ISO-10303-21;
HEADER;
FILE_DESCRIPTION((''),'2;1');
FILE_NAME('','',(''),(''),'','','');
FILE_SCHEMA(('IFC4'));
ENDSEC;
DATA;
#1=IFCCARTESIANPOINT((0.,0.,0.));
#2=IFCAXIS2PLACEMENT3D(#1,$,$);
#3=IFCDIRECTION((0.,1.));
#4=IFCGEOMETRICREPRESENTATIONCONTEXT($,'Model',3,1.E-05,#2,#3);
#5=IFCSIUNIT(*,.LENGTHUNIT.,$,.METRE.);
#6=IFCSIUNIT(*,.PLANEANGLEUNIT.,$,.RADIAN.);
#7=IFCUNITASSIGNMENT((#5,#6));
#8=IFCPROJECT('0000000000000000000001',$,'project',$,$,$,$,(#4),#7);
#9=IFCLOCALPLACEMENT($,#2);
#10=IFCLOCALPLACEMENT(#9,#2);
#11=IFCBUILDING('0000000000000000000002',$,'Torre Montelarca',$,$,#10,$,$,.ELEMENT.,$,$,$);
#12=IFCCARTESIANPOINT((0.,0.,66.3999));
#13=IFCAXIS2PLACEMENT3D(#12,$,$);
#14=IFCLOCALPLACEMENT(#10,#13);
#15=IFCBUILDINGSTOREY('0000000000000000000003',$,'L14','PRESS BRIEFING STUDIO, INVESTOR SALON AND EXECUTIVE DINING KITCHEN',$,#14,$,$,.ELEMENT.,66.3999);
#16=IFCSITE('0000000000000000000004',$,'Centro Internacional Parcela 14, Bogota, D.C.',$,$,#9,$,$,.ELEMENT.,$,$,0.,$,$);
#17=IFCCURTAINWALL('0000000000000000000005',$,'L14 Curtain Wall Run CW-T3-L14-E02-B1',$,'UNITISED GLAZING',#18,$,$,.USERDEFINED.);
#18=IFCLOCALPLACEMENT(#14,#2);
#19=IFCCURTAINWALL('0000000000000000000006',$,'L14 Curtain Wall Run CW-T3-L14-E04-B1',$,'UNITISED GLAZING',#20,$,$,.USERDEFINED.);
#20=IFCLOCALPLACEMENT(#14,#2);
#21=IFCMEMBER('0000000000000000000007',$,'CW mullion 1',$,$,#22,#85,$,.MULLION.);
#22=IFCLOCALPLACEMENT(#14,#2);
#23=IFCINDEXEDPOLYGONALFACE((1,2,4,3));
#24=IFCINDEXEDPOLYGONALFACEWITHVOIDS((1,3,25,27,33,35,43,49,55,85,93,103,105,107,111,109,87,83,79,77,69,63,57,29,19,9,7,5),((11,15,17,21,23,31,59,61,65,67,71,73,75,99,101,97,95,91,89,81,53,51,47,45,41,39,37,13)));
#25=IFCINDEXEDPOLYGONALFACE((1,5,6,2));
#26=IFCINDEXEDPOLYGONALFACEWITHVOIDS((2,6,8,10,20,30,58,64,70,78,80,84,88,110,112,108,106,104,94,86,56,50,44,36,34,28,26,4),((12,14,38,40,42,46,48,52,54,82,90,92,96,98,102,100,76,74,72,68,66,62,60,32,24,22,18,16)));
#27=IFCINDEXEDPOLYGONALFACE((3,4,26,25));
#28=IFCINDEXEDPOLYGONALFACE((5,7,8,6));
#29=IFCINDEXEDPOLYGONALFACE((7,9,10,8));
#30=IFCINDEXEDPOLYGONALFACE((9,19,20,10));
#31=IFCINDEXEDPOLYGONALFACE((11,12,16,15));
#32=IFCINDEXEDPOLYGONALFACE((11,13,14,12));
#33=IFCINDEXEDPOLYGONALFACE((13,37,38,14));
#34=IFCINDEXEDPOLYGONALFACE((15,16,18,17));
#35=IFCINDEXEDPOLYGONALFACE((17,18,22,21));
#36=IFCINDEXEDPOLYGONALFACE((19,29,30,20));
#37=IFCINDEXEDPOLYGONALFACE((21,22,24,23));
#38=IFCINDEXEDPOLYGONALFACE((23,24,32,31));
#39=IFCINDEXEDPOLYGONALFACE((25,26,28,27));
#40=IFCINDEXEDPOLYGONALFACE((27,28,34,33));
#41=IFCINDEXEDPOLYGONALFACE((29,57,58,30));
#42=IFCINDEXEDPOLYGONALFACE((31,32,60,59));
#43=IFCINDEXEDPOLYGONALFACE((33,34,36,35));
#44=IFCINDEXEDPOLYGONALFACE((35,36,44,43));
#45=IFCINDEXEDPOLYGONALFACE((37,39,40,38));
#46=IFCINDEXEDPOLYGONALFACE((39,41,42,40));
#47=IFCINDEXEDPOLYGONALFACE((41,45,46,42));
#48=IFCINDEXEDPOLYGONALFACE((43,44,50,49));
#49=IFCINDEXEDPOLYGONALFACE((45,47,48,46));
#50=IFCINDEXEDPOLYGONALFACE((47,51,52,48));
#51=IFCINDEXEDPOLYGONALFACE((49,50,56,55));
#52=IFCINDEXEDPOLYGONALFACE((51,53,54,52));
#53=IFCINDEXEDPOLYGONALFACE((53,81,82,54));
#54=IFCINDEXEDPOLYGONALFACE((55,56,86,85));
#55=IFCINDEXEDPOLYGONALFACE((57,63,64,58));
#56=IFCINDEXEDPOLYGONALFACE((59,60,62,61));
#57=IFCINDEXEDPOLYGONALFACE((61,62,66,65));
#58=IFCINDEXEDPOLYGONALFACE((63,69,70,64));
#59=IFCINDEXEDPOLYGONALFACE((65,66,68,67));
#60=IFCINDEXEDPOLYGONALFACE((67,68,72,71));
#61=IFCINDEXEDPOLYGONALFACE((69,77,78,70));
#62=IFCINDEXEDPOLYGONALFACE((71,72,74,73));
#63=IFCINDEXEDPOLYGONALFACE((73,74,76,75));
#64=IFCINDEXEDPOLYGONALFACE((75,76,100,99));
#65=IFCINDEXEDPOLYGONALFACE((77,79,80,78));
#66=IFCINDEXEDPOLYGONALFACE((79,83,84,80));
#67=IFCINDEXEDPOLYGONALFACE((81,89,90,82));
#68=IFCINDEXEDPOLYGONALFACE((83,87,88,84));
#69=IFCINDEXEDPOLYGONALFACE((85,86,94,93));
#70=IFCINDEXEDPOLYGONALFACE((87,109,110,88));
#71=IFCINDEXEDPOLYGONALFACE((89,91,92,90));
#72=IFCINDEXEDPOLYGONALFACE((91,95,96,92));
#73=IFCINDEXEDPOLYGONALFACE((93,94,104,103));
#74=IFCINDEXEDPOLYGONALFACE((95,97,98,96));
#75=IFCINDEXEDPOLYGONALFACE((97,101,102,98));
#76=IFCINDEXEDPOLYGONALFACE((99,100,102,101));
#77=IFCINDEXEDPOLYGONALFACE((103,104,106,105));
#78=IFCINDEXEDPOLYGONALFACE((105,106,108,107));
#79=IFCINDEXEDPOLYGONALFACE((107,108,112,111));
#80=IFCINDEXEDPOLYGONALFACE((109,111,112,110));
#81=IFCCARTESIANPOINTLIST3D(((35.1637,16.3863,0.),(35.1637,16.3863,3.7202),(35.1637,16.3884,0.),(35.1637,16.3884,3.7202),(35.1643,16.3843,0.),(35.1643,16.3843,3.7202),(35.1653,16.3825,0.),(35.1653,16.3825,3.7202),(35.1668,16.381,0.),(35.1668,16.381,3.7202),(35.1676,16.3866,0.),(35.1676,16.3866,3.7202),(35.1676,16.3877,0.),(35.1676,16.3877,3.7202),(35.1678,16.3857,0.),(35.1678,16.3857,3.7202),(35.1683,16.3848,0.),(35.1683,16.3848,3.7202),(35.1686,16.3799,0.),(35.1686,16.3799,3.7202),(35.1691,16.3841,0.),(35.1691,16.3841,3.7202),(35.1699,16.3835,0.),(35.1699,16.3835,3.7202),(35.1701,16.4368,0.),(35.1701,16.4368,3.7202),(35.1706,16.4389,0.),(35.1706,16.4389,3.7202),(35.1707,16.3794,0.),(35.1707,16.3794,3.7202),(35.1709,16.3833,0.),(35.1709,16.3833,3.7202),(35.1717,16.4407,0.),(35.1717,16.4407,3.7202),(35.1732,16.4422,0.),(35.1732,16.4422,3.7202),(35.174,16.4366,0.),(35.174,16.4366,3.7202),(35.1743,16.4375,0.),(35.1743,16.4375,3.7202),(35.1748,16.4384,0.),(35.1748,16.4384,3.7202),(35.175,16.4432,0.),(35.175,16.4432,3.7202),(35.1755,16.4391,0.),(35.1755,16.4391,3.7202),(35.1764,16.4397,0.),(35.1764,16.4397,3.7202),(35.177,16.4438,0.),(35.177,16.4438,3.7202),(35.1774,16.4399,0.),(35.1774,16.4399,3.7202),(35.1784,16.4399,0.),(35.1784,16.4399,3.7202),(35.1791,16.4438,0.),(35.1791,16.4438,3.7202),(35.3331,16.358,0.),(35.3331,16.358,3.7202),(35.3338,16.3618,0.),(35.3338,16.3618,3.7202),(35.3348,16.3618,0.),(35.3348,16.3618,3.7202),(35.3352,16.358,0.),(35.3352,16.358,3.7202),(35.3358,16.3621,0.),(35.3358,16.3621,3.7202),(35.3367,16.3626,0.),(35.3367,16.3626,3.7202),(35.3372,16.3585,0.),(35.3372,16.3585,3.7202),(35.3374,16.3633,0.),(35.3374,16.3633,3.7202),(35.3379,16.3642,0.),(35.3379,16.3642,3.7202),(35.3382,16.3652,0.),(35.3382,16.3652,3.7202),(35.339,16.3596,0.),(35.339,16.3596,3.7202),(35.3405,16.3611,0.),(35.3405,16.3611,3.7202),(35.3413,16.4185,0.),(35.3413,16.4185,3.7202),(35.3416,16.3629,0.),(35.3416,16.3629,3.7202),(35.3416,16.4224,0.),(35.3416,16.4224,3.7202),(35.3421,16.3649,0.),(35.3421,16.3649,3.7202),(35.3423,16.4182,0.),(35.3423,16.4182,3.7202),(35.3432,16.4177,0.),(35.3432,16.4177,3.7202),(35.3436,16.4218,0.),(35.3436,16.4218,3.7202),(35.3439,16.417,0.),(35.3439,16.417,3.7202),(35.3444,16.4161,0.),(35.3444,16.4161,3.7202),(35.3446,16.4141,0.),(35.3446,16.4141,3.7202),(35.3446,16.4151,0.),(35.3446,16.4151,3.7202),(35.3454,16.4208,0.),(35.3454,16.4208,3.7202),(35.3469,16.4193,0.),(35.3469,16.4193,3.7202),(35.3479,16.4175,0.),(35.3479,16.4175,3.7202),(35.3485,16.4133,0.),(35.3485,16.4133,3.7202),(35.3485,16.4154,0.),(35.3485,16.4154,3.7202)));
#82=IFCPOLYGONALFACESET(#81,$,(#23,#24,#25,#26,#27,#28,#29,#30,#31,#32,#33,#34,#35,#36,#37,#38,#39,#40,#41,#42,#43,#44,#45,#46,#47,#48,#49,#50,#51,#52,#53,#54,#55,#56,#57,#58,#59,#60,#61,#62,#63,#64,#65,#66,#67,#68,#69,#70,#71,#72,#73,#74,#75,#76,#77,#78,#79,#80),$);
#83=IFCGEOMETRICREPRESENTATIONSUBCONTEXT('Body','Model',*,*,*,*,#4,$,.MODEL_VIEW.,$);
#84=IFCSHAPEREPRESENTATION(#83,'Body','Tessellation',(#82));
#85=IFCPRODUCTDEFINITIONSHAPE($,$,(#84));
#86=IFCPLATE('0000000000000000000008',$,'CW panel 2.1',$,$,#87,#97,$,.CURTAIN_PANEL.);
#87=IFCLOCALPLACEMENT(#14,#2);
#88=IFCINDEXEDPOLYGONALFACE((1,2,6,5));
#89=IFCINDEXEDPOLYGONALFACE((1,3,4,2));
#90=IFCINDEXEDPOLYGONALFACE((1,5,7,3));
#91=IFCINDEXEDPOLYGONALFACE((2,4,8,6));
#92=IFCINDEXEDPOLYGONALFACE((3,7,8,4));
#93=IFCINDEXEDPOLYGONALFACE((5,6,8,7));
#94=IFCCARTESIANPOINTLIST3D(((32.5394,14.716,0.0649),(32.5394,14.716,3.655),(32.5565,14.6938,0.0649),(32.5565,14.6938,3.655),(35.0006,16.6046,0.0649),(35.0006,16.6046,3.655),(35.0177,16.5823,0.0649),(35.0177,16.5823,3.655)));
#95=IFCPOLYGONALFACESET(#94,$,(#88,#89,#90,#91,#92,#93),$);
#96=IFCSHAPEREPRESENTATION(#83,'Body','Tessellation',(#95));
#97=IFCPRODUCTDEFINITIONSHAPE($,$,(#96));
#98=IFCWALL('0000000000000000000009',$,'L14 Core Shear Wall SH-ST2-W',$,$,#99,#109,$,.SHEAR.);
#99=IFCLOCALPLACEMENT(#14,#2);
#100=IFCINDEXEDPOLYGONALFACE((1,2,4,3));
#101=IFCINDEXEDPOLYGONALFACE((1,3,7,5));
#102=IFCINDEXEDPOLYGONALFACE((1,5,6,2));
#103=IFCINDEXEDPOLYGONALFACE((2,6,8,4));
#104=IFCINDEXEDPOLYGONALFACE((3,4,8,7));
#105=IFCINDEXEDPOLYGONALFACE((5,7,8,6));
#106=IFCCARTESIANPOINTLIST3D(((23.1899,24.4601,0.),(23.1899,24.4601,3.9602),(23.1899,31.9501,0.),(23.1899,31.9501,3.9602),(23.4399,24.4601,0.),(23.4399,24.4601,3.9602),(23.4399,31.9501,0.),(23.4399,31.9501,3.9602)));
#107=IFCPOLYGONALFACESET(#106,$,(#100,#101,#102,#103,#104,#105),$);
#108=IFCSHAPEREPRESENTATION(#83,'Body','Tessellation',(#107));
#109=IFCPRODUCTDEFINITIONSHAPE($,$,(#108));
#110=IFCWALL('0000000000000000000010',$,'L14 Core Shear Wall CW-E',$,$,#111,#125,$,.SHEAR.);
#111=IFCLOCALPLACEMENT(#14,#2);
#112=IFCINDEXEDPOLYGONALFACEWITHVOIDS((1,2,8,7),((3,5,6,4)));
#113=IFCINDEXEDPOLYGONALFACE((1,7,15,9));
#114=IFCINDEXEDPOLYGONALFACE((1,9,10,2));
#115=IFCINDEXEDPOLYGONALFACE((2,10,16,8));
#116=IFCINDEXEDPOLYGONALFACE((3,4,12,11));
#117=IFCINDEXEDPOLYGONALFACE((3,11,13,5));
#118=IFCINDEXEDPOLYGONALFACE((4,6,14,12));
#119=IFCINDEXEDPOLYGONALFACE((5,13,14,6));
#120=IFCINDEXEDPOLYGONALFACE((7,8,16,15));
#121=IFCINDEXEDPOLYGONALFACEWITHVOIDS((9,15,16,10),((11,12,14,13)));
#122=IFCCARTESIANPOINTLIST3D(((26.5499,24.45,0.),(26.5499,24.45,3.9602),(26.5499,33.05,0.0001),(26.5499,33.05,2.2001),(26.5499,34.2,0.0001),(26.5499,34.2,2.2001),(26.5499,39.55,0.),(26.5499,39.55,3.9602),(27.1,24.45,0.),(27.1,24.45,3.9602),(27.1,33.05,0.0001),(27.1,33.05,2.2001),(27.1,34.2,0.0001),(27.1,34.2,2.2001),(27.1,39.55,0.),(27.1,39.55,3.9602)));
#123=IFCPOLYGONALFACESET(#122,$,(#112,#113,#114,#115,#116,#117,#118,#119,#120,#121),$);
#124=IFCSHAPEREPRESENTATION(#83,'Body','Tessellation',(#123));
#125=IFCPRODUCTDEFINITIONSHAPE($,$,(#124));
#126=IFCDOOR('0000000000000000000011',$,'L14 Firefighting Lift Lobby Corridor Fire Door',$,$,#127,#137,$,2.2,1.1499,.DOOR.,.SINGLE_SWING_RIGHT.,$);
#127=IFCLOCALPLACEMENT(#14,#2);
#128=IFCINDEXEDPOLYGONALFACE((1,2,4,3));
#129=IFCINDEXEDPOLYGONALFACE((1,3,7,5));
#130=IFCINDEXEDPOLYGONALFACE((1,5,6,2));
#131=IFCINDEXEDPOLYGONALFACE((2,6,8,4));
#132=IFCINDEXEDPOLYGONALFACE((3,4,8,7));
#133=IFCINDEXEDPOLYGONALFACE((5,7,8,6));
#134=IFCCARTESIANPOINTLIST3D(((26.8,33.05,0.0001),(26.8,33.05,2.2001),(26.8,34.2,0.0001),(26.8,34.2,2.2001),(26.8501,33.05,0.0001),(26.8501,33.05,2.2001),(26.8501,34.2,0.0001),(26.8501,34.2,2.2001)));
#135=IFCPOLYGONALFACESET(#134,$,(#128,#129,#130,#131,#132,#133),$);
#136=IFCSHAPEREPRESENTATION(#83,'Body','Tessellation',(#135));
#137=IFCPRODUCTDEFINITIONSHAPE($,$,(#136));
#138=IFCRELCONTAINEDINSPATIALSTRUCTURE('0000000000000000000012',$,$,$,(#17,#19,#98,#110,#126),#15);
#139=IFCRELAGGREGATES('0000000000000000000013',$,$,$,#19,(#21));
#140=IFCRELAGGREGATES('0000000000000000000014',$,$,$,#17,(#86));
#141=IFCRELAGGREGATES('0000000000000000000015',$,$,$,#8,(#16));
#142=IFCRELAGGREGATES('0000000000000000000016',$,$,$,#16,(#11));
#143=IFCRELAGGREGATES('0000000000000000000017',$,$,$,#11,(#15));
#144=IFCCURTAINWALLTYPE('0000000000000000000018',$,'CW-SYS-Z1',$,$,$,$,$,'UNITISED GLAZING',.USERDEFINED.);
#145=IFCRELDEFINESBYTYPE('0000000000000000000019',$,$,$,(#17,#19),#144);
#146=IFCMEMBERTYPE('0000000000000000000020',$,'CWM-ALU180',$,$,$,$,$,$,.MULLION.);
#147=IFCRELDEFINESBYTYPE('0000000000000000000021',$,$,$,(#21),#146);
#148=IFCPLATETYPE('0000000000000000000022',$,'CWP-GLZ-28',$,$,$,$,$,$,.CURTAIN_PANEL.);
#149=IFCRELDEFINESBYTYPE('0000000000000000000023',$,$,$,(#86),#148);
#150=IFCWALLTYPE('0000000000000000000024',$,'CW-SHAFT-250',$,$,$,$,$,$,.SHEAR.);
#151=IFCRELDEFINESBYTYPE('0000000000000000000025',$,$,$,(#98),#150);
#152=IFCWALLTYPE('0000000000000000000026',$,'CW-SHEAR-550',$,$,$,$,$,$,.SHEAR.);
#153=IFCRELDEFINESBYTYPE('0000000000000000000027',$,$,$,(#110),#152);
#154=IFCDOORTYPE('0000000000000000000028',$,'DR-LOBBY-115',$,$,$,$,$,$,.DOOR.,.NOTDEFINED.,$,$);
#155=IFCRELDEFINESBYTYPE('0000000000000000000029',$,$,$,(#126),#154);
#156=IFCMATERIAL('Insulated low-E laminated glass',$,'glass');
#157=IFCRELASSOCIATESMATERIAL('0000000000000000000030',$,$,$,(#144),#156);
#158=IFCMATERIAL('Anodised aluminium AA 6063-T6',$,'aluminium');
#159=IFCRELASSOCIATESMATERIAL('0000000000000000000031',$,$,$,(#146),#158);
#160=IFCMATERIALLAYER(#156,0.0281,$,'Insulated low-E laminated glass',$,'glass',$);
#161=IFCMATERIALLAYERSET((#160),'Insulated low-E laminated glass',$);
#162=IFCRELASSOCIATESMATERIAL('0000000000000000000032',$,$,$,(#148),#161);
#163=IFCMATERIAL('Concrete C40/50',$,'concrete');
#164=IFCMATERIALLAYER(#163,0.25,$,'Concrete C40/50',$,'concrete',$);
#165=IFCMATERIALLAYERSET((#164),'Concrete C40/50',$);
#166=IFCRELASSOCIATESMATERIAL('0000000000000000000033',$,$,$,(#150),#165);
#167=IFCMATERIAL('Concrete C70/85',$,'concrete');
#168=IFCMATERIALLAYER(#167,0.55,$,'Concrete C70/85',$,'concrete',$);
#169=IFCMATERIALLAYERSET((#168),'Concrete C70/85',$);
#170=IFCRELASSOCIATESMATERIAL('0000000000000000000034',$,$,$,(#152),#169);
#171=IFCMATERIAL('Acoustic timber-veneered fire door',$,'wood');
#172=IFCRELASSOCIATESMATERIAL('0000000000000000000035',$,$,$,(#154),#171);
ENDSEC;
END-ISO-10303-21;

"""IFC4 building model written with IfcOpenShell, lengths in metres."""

from ifc_helpers import new_model, si_unit, direction, frame, frame_2d, origin, origin_2d, place, context, subcontext, project, spatial, rectangle, hollow_rectangle, extrude, source, transform, mapped, material, layer, layer_set, material_profile, profile_set, type_object, element, fill, aggregate, save


model = new_model("IFC4")

# Units and contexts
model_context = context("Model", 3, precision=1e-05, world=origin(), true_north=direction((0.0, 1.0)))
body_context = subcontext(model_context, "Body", "Model", "MODEL_VIEW")
ifc_project = project(units=[si_unit("LENGTHUNIT", "METRE"), si_unit("PLANEANGLEUNIT", "RADIAN")], contexts=[model_context])

# Site, building, storey
site_placement = place(None, origin())
site = spatial("IfcSite", under=ifc_project, at=site_placement, Name="Centro Internacional Parcela 14, Bogota, D.C.", CompositionType="ELEMENT", RefElevation=0.0)
building_placement = place(site_placement, origin())
building = spatial("IfcBuilding", under=site, at=building_placement, Name="Torre Montelarca", CompositionType="ELEMENT")
storey_placement = place(building_placement, frame((0.0, 0.0, 66.3999)))
storey = spatial("IfcBuildingStorey", under=building, at=storey_placement, Name="L14", Description="PRESS BRIEFING STUDIO, INVESTOR SALON AND EXECUTIVE DINING KITCHEN", CompositionType="ELEMENT", Elevation=66.3999)

# Shared definitions
ifc_material_1 = material(Name="Concrete C70/85", Category="concrete")

# Curtain walls
ifc_material_2 = material(Name="Insulated low-E laminated glass", Category="glass")
curtain_wall_type = type_object("IfcCurtainWallType", Name="CW-SYS-Z1", ElementType="UNITISED GLAZING", PredefinedType="USERDEFINED", material=ifc_material_2)
curtain_wall_1_placement = place(storey_placement, origin())
curtain_wall_1 = element("IfcCurtainWall", 1, at=curtain_wall_1_placement, inside=storey, type_object=curtain_wall_type, Name="L14 Curtain Wall Run CW-T3-L14-E02-B1", ObjectType="UNITISED GLAZING", PredefinedType="USERDEFINED")
ifc_material_3 = material(Name="Anodised aluminium AA 6063-T6", Category="aluminium")
curtain_wall_2_placement = place(storey_placement, origin())
curtain_wall_2 = element("IfcCurtainWall", 2, at=curtain_wall_2_placement, inside=storey, type_object=curtain_wall_type, Name="L14 Curtain Wall Run CW-T3-L14-E04-B1", ObjectType="UNITISED GLAZING", PredefinedType="USERDEFINED")

# Member
ifc_material_profile_1 = material_profile(ifc_material_3, hollow_rectangle(XDim=0.0649, YDim=0.1799, WallThickness=0.0039, InnerFilletRadius=0.0039, OuterFilletRadius=0.0081, at=origin_2d()), Name="ALU65X180X4", Category="aluminium")
ifc_profile_set_1 = profile_set([ifc_material_profile_1], Name="Anodised aluminium AA 6063-T6")
member_type_1 = type_object("IfcMemberType", Name="CWM-ALU180", PredefinedType="MULLION", material=ifc_profile_set_1)
shared_shape_1 = source(origin(), body_context, "Body", "SweptSolid", [
    extrude(hollow_rectangle(XDim=0.0649, YDim=0.1799, WallThickness=0.0039, InnerFilletRadius=0.0039, OuterFilletRadius=0.0081, at=origin_2d()), origin(), (0.0, 0.0, 1.0), 3.7202),
])
member_1_placement = place(storey_placement, frame((35.2561, 16.4009, 0.0), z_axis=(0.0, 0.0, 1.0), x_axis=(0.130521, 0.991446, 0.0)))
member_1 = element("IfcMember", 3, at=member_1_placement, type_object=member_type_1, Name="CW mullion 1", PredefinedType="MULLION", context=body_context, shape_type="MappedRepresentation", body=[
    mapped(shared_shape_1, transform((0.0, 0.0, 0.0), scale=1.0)),
])
aggregate(curtain_wall_2, [member_1])

# Plate
ifc_layer_1 = layer(ifc_material_2, 0.0281, Name="Insulated low-E laminated glass", Category="glass")
ifc_layer_set_1 = layer_set([ifc_layer_1], Name="Insulated low-E laminated glass")
plate_type = type_object("IfcPlateType", Name="CWP-GLZ-28", PredefinedType="CURTAIN_PANEL", material=ifc_layer_set_1)
shared_shape_2 = source(origin(), body_context, "Body", "SweptSolid", [
    extrude(rectangle(XDim=3.1023, YDim=0.0281, at=origin_2d()), origin(), (0.0, 0.0, 1.0), 3.5901),
])
plate_placement = place(storey_placement, frame((33.7786, 15.6492, 0.0649), z_axis=(0.0, 0.0, 1.0), x_axis=(0.793357, 0.608757, 0.0)))
plate = element("IfcPlate", 4, at=plate_placement, type_object=plate_type, Name="CW panel 2.1", PredefinedType="CURTAIN_PANEL", context=body_context, shape_type="MappedRepresentation", body=[
    mapped(shared_shape_2, transform((0.0, 0.0, 0.0), scale=1.0)),
])
aggregate(curtain_wall_1, [plate])

# Wall
ifc_material_4 = material(Name="Concrete C40/50", Category="concrete")
ifc_layer_2 = layer(ifc_material_4, 0.25, Name="Concrete C40/50", Category="concrete")
ifc_layer_set_2 = layer_set([ifc_layer_2], Name="Concrete C40/50")
wall_type_1 = type_object("IfcWallType", Name="CW-SHAFT-250", PredefinedType="SHEAR", material=ifc_layer_set_2)
wall_1_placement = place(storey_placement, frame((23.3149, 24.46, 0.0), z_axis=(0.0, 0.0, 1.0), x_axis=(0.0, 1.0, 0.0)))
element("IfcWall", 5, at=wall_1_placement, inside=storey, type_object=wall_type_1, Name="L14 Core Shear Wall SH-ST2-W", PredefinedType="SHEAR", context=body_context, shape_type="SweptSolid", body=[
    extrude(rectangle(XDim=7.49, YDim=0.25, at=frame_2d((3.7451, 0.0))), origin(), (0.0, 0.0, 1.0), 3.9602),
])

# Wall, opening, door
ifc_layer_3 = layer(ifc_material_1, 0.55, Name="Concrete C70/85", Category="concrete")
ifc_layer_set_3 = layer_set([ifc_layer_3], Name="Concrete C70/85")
wall_type_2 = type_object("IfcWallType", Name="CW-SHEAR-550", PredefinedType="SHEAR", material=ifc_layer_set_3)
wall_2_placement = place(storey_placement, frame((26.825, 24.45, 0.0), z_axis=(0.0, 0.0, 1.0), x_axis=(0.0, 1.0, 0.0)))
wall_2 = element("IfcWall", 6, at=wall_2_placement, inside=storey, type_object=wall_type_2, Name="L14 Core Shear Wall CW-E", PredefinedType="SHEAR", context=body_context, shape_type="SweptSolid", body=[
    extrude(rectangle(XDim=15.1001, YDim=0.55, at=frame_2d((7.55, 0.0))), origin(), (0.0, 0.0, 1.0), 3.9602),
])
opening_1_placement = place(wall_2_placement, frame((8.6001, 0.0, 0.0)))
opening_1 = element("IfcOpeningElement", 7, at=opening_1_placement, cuts=wall_2, PredefinedType="OPENING", context=body_context, shape_type="SweptSolid", body=[
    extrude(rectangle(XDim=1.1499, YDim=2.2, at=frame_2d((0.575, 1.1001))), frame((0.0, 0.2852, 0.0), z_axis=(0.0, -1.0, 0.0), x_axis=(1.0, 0.0, 0.0)), (0.0, 0.0, 1.0), 0.5701),
])
ifc_material_5 = material(Name="Acoustic timber-veneered fire door", Category="wood")
door_type_1 = type_object("IfcDoorType", Name="DR-LOBBY-115", OperationType="NOTDEFINED", PredefinedType="DOOR", material=ifc_material_5)
shared_shape_3 = source(origin(), body_context, "Body", "SweptSolid", [
    extrude(rectangle(XDim=1.1499, YDim=2.2, at=frame_2d((0.575, 1.1001))), frame((0.0, 0.0249, 0.0), z_axis=(0.0, -1.0, 0.0), x_axis=(1.0, 0.0, 0.0)), (0.0, 0.0, 1.0), 0.05),
])
door_1_placement = place(opening_1_placement, origin())
door_1 = element("IfcDoor", 8, at=door_1_placement, inside=storey, type_object=door_type_1, Name="L14 Firefighting Lift Lobby Corridor Fire Door", OperationType="SINGLE_SWING_RIGHT", OverallHeight=2.2, OverallWidth=1.1499, PredefinedType="DOOR", context=body_context, shape_type="MappedRepresentation", body=[
    mapped(shared_shape_3, transform((0.0, 0.0, 0.0), scale=1.0)),
])
fill(opening_1, door_1)

save(model, "model.ifc")
